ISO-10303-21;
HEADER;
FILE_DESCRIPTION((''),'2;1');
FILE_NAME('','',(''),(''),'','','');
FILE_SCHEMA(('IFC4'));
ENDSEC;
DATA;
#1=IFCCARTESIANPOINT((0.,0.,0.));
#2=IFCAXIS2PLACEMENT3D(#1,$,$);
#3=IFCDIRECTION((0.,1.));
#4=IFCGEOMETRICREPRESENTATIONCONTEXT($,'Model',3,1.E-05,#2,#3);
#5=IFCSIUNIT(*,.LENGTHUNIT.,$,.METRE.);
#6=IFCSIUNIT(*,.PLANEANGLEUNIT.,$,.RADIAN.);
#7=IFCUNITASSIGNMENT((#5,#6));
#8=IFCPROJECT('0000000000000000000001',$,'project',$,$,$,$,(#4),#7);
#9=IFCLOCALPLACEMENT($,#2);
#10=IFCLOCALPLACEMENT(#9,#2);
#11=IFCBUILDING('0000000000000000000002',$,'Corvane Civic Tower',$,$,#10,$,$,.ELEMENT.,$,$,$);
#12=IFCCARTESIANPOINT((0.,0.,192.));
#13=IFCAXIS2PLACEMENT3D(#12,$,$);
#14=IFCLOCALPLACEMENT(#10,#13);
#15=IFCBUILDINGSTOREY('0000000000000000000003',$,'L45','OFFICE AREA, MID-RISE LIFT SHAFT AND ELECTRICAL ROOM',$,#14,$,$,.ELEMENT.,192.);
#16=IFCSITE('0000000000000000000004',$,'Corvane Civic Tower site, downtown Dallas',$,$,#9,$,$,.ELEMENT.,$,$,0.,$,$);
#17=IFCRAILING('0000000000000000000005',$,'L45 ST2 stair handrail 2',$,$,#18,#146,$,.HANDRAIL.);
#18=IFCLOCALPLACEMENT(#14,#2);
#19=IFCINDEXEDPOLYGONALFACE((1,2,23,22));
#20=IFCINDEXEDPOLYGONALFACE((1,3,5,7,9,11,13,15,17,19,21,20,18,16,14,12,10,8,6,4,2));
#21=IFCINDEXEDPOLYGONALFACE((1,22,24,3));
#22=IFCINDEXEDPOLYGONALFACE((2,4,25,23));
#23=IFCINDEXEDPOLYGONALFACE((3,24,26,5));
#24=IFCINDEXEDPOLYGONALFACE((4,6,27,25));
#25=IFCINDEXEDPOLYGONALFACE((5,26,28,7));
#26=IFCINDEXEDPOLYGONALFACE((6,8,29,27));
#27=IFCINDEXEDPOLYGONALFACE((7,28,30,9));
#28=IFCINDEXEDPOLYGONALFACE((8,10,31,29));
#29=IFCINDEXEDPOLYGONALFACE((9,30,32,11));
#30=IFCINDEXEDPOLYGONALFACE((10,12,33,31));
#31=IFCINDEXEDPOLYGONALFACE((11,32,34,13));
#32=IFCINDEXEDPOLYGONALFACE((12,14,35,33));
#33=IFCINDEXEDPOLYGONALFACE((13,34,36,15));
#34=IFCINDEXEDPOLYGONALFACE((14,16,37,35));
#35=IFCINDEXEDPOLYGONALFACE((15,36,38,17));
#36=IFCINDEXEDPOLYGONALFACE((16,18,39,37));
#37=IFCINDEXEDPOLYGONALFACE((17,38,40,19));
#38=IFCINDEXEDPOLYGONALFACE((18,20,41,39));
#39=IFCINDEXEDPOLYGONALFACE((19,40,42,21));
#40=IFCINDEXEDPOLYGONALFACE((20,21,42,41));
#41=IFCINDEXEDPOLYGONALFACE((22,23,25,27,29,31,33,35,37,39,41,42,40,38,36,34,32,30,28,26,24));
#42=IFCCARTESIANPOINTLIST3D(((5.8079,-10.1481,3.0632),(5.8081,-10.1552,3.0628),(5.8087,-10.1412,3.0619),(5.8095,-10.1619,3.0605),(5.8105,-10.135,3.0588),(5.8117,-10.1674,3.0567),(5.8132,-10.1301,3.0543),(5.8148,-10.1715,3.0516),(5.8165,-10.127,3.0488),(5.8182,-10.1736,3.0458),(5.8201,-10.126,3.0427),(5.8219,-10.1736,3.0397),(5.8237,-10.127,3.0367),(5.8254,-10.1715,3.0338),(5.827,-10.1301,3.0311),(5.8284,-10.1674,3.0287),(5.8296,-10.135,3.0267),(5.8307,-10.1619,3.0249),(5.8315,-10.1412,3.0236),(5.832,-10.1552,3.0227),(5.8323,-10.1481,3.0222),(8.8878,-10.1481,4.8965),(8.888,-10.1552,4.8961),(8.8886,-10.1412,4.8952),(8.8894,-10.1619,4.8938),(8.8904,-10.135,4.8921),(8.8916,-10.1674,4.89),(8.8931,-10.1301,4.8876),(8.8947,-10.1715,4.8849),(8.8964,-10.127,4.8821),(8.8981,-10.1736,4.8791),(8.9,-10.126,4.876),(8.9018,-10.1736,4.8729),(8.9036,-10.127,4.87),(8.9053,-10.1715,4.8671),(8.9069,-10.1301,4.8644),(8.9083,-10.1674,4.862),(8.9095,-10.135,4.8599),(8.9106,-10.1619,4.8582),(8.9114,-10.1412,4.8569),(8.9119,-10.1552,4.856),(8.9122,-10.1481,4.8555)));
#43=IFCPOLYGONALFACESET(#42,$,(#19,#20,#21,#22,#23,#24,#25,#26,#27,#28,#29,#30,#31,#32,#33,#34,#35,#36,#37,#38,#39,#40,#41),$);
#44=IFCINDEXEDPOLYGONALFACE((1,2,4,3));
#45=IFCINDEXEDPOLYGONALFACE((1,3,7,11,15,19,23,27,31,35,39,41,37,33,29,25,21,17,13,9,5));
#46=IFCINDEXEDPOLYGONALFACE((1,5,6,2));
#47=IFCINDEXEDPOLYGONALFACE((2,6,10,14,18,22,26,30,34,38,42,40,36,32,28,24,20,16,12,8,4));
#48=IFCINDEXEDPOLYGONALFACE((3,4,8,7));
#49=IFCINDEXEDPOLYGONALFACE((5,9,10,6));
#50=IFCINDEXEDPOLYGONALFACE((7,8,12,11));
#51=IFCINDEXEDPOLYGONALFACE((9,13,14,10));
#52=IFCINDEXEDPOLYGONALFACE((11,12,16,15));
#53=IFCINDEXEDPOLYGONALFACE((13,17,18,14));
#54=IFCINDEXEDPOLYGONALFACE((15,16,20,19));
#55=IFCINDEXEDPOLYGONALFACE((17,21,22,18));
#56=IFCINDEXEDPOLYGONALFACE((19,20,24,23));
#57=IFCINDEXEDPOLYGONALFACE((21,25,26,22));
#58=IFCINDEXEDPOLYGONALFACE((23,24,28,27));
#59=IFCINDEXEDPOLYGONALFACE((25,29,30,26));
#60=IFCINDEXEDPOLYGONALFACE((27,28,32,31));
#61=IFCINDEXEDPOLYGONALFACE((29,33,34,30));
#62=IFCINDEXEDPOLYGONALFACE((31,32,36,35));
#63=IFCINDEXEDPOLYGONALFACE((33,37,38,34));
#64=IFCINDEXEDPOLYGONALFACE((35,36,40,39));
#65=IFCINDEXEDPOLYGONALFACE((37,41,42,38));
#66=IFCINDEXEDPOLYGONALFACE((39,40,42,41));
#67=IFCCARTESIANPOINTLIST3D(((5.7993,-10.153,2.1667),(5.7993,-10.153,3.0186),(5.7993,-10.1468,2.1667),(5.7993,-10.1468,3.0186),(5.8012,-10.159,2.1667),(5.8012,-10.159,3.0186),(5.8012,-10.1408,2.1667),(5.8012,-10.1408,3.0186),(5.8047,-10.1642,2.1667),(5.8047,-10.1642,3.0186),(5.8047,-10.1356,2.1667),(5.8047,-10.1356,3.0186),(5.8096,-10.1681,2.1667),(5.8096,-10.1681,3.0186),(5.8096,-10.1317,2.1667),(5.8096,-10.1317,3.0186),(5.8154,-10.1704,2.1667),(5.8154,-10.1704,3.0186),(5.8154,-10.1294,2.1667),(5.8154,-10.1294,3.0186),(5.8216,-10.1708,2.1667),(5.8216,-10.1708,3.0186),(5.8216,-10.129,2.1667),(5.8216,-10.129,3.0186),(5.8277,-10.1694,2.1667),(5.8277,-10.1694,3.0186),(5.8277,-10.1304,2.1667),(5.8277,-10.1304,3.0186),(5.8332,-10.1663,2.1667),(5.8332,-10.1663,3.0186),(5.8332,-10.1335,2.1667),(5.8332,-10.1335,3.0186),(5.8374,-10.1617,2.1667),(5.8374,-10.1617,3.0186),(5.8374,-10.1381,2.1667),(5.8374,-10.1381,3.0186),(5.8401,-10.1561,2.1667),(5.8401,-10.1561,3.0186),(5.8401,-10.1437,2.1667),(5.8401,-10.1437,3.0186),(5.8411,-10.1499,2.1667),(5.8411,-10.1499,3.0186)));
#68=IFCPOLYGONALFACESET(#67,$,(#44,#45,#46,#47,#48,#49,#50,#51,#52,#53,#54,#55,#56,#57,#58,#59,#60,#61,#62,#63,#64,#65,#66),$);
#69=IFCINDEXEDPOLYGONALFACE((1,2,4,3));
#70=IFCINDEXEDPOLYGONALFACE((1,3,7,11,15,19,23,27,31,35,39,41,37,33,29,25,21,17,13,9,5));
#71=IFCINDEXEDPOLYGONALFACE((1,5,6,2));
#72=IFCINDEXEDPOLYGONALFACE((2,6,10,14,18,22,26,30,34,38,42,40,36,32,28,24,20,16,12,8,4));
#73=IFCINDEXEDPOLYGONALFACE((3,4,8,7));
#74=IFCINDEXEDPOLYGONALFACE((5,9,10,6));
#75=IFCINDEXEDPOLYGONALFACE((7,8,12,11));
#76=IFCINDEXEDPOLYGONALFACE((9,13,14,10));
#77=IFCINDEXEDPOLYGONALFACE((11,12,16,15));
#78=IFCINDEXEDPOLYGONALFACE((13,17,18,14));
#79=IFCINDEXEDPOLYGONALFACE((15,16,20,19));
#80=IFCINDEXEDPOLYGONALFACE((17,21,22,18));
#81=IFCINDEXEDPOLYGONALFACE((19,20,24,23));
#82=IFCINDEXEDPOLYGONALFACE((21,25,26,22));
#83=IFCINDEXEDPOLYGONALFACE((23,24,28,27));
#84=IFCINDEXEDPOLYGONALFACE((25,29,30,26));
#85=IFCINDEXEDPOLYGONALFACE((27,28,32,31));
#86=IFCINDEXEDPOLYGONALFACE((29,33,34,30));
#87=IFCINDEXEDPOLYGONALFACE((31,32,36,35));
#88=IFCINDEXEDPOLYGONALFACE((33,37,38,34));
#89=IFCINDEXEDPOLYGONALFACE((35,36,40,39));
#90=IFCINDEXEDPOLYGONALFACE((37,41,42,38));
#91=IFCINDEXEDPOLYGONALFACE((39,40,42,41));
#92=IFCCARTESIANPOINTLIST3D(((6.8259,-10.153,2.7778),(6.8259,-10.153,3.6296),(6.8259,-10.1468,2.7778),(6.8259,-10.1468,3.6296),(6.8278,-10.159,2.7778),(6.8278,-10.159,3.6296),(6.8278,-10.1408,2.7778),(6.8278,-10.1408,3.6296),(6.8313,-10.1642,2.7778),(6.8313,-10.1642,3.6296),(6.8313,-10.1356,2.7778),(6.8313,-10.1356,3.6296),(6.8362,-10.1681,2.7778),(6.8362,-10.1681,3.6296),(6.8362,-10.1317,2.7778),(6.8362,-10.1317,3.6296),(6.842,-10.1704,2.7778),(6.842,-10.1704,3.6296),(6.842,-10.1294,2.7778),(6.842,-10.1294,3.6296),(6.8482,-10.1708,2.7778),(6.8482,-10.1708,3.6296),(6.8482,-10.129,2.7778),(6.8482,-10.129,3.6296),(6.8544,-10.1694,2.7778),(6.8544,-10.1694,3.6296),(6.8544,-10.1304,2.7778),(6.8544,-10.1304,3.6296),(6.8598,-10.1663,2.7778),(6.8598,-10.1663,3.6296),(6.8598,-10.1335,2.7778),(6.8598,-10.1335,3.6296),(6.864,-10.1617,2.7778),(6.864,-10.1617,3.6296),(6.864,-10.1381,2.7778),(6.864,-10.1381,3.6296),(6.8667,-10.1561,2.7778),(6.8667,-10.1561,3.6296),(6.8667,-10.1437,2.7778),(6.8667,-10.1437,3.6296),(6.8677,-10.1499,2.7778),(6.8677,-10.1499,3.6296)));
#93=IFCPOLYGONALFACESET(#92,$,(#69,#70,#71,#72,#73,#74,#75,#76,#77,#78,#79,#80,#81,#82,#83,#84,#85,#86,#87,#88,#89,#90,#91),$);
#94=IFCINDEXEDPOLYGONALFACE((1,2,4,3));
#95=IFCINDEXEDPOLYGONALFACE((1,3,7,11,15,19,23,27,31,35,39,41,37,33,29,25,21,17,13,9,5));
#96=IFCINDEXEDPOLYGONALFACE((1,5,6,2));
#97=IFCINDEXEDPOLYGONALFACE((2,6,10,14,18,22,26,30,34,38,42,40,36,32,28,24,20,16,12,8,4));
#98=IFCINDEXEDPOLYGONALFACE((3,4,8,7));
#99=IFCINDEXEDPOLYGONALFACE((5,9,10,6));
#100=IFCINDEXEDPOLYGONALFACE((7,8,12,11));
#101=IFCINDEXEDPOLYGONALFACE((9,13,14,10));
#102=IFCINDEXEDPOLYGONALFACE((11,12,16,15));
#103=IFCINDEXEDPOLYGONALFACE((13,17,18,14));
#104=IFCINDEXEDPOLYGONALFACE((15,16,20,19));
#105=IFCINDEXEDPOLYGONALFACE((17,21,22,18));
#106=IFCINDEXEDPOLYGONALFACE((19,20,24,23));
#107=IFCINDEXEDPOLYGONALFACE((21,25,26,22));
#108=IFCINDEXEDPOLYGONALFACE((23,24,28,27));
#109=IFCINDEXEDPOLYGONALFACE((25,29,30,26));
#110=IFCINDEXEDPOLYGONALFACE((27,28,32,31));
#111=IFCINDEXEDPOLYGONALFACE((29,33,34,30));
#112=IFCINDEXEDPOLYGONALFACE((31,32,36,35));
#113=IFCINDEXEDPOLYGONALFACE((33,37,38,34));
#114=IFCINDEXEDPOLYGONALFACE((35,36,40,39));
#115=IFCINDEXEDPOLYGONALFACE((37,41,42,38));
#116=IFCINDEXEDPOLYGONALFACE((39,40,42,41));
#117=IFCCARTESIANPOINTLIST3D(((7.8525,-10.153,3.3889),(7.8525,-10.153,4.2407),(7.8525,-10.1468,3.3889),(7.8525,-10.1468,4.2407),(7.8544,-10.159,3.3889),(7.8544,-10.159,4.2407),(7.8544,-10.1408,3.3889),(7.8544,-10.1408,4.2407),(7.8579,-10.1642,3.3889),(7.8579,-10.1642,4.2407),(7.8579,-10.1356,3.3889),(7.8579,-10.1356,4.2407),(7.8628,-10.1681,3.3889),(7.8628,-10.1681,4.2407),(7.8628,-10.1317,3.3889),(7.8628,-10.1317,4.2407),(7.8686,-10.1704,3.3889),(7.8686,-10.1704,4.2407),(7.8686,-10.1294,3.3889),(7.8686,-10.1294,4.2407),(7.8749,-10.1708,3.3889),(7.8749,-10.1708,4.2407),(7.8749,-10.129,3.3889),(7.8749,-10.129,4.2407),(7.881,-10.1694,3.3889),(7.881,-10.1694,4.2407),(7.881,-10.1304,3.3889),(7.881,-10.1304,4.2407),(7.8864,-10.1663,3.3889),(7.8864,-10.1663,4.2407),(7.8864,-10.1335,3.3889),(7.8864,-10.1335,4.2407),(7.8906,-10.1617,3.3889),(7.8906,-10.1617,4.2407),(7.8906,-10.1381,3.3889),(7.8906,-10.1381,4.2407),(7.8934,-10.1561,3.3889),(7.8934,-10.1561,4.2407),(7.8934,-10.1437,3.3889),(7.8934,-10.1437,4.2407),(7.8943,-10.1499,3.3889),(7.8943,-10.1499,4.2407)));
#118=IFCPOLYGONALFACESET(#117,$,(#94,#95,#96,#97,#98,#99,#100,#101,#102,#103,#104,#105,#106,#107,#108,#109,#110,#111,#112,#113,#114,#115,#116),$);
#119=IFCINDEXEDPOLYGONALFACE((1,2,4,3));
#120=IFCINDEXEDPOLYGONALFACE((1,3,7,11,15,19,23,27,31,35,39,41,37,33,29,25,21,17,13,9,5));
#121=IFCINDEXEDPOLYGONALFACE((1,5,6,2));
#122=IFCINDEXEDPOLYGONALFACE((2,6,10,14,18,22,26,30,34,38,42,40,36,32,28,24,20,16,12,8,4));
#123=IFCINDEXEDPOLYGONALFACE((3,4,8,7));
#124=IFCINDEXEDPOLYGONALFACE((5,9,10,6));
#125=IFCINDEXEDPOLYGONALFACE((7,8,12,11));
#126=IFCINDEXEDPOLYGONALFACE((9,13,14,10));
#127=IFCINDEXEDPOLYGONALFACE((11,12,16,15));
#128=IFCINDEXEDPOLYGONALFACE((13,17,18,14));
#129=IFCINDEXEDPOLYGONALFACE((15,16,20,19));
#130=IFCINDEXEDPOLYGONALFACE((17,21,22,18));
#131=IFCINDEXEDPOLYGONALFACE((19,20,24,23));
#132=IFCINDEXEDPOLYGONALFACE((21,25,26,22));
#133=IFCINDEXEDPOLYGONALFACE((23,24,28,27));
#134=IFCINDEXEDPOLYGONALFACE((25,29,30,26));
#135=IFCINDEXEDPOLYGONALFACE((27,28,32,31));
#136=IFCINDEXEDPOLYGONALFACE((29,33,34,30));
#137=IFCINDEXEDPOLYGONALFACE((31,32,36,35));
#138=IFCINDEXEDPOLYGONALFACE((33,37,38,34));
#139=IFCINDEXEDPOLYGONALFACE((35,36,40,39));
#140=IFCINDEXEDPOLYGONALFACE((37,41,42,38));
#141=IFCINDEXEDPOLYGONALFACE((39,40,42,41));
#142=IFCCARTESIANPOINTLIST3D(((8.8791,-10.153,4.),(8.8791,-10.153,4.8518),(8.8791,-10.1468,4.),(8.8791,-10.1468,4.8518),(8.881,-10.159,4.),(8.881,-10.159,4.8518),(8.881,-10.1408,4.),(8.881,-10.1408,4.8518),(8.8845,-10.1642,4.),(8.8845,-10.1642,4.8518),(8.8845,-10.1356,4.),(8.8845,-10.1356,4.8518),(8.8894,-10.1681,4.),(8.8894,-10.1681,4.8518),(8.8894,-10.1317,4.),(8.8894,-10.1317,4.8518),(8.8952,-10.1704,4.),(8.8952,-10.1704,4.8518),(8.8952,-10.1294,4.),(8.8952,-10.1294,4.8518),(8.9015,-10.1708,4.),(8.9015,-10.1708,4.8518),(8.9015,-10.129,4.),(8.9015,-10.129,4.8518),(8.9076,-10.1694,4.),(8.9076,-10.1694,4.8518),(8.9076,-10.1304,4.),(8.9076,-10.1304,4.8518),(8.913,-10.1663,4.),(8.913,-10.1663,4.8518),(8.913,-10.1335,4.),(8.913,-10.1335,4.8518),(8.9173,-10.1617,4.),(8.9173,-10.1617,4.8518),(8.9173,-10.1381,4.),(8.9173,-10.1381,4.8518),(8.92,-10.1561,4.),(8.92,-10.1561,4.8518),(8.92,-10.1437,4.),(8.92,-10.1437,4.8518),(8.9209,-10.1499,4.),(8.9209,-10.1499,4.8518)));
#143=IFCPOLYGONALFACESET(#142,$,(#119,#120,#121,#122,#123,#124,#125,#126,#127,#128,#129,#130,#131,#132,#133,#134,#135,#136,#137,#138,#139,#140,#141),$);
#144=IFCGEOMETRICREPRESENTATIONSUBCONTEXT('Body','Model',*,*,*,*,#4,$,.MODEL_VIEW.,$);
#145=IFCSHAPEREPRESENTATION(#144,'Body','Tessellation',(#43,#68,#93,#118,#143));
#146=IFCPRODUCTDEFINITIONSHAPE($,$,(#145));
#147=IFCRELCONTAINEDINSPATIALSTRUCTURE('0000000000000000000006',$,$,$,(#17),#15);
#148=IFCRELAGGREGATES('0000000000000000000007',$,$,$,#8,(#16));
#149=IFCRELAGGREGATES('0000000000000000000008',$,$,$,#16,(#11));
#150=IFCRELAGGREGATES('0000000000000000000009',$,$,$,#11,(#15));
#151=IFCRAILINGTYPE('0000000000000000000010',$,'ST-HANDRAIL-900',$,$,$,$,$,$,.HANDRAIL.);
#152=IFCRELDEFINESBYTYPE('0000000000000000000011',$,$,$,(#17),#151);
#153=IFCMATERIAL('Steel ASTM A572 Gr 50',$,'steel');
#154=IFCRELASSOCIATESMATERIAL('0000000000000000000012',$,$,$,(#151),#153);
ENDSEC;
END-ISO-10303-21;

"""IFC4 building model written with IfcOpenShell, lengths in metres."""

from ifc_helpers import new_model, si_unit, direction, frame, origin, origin_2d, place, context, subcontext, project, spatial, circle, extrude, material, type_object, element, save


model = new_model("IFC4")

# Units and contexts
model_context = context("Model", 3, precision=1e-05, world=origin(), true_north=direction((0.0, 1.0)))
body_context = subcontext(model_context, "Body", "Model", "MODEL_VIEW")
ifc_project = project(units=[si_unit("LENGTHUNIT", "METRE"), si_unit("PLANEANGLEUNIT", "RADIAN")], contexts=[model_context])

# Site, building, storey
site_placement = place(None, origin())
site = spatial("IfcSite", under=ifc_project, at=site_placement, Name="Corvane Civic Tower site, downtown Dallas", CompositionType="ELEMENT", RefElevation=0.0)
building_placement = place(site_placement, origin())
building = spatial("IfcBuilding", under=site, at=building_placement, Name="Corvane Civic Tower", CompositionType="ELEMENT")
storey_placement = place(building_placement, frame((0.0, 0.0, 192.0)))
storey = spatial("IfcBuildingStorey", under=building, at=storey_placement, Name="L45", Description="OFFICE AREA, MID-RISE LIFT SHAFT AND ELECTRICAL ROOM", CompositionType="ELEMENT", Elevation=192.0)

# Railing
ifc_material_1 = material(Name="Steel ASTM A572 Gr 50", Category="steel")
railing_type = type_object("IfcRailingType", Name="ST-HANDRAIL-900", PredefinedType="HANDRAIL", material=ifc_material_1)
railing_placement = place(storey_placement, frame((5.8201, -10.1499, 2.1667)))
element("IfcRailing", 1, at=railing_placement, inside=storey, type_object=railing_type, Name="L45 ST2 stair handrail 2", PredefinedType="HANDRAIL", context=body_context, shape_type="SweptSolid", body=[
    extrude(circle(Radius=0.0239, at=origin_2d()), frame((0.0, 0.0, 0.876), z_axis=(0.859291, 0.0, 0.511487), x_axis=(0.0, 1.0, 0.0)), (0.0, 0.0, 1.0), 3.5842),
    extrude(circle(Radius=0.021, at=origin_2d()), origin(), (0.0, 0.0, 1.0), 0.8518),
    extrude(circle(Radius=0.021, at=origin_2d()), frame((1.0266, 0.0, 0.6111)), (0.0, 0.0, 1.0), 0.8518),
    extrude(circle(Radius=0.021, at=origin_2d()), frame((2.0532, 0.0, 1.2222)), (0.0, 0.0, 1.0), 0.8518),
    extrude(circle(Radius=0.021, at=origin_2d()), frame((3.0798, 0.0, 1.8333)), (0.0, 0.0, 1.0), 0.8518),
])

save(model, "model.ifc")
